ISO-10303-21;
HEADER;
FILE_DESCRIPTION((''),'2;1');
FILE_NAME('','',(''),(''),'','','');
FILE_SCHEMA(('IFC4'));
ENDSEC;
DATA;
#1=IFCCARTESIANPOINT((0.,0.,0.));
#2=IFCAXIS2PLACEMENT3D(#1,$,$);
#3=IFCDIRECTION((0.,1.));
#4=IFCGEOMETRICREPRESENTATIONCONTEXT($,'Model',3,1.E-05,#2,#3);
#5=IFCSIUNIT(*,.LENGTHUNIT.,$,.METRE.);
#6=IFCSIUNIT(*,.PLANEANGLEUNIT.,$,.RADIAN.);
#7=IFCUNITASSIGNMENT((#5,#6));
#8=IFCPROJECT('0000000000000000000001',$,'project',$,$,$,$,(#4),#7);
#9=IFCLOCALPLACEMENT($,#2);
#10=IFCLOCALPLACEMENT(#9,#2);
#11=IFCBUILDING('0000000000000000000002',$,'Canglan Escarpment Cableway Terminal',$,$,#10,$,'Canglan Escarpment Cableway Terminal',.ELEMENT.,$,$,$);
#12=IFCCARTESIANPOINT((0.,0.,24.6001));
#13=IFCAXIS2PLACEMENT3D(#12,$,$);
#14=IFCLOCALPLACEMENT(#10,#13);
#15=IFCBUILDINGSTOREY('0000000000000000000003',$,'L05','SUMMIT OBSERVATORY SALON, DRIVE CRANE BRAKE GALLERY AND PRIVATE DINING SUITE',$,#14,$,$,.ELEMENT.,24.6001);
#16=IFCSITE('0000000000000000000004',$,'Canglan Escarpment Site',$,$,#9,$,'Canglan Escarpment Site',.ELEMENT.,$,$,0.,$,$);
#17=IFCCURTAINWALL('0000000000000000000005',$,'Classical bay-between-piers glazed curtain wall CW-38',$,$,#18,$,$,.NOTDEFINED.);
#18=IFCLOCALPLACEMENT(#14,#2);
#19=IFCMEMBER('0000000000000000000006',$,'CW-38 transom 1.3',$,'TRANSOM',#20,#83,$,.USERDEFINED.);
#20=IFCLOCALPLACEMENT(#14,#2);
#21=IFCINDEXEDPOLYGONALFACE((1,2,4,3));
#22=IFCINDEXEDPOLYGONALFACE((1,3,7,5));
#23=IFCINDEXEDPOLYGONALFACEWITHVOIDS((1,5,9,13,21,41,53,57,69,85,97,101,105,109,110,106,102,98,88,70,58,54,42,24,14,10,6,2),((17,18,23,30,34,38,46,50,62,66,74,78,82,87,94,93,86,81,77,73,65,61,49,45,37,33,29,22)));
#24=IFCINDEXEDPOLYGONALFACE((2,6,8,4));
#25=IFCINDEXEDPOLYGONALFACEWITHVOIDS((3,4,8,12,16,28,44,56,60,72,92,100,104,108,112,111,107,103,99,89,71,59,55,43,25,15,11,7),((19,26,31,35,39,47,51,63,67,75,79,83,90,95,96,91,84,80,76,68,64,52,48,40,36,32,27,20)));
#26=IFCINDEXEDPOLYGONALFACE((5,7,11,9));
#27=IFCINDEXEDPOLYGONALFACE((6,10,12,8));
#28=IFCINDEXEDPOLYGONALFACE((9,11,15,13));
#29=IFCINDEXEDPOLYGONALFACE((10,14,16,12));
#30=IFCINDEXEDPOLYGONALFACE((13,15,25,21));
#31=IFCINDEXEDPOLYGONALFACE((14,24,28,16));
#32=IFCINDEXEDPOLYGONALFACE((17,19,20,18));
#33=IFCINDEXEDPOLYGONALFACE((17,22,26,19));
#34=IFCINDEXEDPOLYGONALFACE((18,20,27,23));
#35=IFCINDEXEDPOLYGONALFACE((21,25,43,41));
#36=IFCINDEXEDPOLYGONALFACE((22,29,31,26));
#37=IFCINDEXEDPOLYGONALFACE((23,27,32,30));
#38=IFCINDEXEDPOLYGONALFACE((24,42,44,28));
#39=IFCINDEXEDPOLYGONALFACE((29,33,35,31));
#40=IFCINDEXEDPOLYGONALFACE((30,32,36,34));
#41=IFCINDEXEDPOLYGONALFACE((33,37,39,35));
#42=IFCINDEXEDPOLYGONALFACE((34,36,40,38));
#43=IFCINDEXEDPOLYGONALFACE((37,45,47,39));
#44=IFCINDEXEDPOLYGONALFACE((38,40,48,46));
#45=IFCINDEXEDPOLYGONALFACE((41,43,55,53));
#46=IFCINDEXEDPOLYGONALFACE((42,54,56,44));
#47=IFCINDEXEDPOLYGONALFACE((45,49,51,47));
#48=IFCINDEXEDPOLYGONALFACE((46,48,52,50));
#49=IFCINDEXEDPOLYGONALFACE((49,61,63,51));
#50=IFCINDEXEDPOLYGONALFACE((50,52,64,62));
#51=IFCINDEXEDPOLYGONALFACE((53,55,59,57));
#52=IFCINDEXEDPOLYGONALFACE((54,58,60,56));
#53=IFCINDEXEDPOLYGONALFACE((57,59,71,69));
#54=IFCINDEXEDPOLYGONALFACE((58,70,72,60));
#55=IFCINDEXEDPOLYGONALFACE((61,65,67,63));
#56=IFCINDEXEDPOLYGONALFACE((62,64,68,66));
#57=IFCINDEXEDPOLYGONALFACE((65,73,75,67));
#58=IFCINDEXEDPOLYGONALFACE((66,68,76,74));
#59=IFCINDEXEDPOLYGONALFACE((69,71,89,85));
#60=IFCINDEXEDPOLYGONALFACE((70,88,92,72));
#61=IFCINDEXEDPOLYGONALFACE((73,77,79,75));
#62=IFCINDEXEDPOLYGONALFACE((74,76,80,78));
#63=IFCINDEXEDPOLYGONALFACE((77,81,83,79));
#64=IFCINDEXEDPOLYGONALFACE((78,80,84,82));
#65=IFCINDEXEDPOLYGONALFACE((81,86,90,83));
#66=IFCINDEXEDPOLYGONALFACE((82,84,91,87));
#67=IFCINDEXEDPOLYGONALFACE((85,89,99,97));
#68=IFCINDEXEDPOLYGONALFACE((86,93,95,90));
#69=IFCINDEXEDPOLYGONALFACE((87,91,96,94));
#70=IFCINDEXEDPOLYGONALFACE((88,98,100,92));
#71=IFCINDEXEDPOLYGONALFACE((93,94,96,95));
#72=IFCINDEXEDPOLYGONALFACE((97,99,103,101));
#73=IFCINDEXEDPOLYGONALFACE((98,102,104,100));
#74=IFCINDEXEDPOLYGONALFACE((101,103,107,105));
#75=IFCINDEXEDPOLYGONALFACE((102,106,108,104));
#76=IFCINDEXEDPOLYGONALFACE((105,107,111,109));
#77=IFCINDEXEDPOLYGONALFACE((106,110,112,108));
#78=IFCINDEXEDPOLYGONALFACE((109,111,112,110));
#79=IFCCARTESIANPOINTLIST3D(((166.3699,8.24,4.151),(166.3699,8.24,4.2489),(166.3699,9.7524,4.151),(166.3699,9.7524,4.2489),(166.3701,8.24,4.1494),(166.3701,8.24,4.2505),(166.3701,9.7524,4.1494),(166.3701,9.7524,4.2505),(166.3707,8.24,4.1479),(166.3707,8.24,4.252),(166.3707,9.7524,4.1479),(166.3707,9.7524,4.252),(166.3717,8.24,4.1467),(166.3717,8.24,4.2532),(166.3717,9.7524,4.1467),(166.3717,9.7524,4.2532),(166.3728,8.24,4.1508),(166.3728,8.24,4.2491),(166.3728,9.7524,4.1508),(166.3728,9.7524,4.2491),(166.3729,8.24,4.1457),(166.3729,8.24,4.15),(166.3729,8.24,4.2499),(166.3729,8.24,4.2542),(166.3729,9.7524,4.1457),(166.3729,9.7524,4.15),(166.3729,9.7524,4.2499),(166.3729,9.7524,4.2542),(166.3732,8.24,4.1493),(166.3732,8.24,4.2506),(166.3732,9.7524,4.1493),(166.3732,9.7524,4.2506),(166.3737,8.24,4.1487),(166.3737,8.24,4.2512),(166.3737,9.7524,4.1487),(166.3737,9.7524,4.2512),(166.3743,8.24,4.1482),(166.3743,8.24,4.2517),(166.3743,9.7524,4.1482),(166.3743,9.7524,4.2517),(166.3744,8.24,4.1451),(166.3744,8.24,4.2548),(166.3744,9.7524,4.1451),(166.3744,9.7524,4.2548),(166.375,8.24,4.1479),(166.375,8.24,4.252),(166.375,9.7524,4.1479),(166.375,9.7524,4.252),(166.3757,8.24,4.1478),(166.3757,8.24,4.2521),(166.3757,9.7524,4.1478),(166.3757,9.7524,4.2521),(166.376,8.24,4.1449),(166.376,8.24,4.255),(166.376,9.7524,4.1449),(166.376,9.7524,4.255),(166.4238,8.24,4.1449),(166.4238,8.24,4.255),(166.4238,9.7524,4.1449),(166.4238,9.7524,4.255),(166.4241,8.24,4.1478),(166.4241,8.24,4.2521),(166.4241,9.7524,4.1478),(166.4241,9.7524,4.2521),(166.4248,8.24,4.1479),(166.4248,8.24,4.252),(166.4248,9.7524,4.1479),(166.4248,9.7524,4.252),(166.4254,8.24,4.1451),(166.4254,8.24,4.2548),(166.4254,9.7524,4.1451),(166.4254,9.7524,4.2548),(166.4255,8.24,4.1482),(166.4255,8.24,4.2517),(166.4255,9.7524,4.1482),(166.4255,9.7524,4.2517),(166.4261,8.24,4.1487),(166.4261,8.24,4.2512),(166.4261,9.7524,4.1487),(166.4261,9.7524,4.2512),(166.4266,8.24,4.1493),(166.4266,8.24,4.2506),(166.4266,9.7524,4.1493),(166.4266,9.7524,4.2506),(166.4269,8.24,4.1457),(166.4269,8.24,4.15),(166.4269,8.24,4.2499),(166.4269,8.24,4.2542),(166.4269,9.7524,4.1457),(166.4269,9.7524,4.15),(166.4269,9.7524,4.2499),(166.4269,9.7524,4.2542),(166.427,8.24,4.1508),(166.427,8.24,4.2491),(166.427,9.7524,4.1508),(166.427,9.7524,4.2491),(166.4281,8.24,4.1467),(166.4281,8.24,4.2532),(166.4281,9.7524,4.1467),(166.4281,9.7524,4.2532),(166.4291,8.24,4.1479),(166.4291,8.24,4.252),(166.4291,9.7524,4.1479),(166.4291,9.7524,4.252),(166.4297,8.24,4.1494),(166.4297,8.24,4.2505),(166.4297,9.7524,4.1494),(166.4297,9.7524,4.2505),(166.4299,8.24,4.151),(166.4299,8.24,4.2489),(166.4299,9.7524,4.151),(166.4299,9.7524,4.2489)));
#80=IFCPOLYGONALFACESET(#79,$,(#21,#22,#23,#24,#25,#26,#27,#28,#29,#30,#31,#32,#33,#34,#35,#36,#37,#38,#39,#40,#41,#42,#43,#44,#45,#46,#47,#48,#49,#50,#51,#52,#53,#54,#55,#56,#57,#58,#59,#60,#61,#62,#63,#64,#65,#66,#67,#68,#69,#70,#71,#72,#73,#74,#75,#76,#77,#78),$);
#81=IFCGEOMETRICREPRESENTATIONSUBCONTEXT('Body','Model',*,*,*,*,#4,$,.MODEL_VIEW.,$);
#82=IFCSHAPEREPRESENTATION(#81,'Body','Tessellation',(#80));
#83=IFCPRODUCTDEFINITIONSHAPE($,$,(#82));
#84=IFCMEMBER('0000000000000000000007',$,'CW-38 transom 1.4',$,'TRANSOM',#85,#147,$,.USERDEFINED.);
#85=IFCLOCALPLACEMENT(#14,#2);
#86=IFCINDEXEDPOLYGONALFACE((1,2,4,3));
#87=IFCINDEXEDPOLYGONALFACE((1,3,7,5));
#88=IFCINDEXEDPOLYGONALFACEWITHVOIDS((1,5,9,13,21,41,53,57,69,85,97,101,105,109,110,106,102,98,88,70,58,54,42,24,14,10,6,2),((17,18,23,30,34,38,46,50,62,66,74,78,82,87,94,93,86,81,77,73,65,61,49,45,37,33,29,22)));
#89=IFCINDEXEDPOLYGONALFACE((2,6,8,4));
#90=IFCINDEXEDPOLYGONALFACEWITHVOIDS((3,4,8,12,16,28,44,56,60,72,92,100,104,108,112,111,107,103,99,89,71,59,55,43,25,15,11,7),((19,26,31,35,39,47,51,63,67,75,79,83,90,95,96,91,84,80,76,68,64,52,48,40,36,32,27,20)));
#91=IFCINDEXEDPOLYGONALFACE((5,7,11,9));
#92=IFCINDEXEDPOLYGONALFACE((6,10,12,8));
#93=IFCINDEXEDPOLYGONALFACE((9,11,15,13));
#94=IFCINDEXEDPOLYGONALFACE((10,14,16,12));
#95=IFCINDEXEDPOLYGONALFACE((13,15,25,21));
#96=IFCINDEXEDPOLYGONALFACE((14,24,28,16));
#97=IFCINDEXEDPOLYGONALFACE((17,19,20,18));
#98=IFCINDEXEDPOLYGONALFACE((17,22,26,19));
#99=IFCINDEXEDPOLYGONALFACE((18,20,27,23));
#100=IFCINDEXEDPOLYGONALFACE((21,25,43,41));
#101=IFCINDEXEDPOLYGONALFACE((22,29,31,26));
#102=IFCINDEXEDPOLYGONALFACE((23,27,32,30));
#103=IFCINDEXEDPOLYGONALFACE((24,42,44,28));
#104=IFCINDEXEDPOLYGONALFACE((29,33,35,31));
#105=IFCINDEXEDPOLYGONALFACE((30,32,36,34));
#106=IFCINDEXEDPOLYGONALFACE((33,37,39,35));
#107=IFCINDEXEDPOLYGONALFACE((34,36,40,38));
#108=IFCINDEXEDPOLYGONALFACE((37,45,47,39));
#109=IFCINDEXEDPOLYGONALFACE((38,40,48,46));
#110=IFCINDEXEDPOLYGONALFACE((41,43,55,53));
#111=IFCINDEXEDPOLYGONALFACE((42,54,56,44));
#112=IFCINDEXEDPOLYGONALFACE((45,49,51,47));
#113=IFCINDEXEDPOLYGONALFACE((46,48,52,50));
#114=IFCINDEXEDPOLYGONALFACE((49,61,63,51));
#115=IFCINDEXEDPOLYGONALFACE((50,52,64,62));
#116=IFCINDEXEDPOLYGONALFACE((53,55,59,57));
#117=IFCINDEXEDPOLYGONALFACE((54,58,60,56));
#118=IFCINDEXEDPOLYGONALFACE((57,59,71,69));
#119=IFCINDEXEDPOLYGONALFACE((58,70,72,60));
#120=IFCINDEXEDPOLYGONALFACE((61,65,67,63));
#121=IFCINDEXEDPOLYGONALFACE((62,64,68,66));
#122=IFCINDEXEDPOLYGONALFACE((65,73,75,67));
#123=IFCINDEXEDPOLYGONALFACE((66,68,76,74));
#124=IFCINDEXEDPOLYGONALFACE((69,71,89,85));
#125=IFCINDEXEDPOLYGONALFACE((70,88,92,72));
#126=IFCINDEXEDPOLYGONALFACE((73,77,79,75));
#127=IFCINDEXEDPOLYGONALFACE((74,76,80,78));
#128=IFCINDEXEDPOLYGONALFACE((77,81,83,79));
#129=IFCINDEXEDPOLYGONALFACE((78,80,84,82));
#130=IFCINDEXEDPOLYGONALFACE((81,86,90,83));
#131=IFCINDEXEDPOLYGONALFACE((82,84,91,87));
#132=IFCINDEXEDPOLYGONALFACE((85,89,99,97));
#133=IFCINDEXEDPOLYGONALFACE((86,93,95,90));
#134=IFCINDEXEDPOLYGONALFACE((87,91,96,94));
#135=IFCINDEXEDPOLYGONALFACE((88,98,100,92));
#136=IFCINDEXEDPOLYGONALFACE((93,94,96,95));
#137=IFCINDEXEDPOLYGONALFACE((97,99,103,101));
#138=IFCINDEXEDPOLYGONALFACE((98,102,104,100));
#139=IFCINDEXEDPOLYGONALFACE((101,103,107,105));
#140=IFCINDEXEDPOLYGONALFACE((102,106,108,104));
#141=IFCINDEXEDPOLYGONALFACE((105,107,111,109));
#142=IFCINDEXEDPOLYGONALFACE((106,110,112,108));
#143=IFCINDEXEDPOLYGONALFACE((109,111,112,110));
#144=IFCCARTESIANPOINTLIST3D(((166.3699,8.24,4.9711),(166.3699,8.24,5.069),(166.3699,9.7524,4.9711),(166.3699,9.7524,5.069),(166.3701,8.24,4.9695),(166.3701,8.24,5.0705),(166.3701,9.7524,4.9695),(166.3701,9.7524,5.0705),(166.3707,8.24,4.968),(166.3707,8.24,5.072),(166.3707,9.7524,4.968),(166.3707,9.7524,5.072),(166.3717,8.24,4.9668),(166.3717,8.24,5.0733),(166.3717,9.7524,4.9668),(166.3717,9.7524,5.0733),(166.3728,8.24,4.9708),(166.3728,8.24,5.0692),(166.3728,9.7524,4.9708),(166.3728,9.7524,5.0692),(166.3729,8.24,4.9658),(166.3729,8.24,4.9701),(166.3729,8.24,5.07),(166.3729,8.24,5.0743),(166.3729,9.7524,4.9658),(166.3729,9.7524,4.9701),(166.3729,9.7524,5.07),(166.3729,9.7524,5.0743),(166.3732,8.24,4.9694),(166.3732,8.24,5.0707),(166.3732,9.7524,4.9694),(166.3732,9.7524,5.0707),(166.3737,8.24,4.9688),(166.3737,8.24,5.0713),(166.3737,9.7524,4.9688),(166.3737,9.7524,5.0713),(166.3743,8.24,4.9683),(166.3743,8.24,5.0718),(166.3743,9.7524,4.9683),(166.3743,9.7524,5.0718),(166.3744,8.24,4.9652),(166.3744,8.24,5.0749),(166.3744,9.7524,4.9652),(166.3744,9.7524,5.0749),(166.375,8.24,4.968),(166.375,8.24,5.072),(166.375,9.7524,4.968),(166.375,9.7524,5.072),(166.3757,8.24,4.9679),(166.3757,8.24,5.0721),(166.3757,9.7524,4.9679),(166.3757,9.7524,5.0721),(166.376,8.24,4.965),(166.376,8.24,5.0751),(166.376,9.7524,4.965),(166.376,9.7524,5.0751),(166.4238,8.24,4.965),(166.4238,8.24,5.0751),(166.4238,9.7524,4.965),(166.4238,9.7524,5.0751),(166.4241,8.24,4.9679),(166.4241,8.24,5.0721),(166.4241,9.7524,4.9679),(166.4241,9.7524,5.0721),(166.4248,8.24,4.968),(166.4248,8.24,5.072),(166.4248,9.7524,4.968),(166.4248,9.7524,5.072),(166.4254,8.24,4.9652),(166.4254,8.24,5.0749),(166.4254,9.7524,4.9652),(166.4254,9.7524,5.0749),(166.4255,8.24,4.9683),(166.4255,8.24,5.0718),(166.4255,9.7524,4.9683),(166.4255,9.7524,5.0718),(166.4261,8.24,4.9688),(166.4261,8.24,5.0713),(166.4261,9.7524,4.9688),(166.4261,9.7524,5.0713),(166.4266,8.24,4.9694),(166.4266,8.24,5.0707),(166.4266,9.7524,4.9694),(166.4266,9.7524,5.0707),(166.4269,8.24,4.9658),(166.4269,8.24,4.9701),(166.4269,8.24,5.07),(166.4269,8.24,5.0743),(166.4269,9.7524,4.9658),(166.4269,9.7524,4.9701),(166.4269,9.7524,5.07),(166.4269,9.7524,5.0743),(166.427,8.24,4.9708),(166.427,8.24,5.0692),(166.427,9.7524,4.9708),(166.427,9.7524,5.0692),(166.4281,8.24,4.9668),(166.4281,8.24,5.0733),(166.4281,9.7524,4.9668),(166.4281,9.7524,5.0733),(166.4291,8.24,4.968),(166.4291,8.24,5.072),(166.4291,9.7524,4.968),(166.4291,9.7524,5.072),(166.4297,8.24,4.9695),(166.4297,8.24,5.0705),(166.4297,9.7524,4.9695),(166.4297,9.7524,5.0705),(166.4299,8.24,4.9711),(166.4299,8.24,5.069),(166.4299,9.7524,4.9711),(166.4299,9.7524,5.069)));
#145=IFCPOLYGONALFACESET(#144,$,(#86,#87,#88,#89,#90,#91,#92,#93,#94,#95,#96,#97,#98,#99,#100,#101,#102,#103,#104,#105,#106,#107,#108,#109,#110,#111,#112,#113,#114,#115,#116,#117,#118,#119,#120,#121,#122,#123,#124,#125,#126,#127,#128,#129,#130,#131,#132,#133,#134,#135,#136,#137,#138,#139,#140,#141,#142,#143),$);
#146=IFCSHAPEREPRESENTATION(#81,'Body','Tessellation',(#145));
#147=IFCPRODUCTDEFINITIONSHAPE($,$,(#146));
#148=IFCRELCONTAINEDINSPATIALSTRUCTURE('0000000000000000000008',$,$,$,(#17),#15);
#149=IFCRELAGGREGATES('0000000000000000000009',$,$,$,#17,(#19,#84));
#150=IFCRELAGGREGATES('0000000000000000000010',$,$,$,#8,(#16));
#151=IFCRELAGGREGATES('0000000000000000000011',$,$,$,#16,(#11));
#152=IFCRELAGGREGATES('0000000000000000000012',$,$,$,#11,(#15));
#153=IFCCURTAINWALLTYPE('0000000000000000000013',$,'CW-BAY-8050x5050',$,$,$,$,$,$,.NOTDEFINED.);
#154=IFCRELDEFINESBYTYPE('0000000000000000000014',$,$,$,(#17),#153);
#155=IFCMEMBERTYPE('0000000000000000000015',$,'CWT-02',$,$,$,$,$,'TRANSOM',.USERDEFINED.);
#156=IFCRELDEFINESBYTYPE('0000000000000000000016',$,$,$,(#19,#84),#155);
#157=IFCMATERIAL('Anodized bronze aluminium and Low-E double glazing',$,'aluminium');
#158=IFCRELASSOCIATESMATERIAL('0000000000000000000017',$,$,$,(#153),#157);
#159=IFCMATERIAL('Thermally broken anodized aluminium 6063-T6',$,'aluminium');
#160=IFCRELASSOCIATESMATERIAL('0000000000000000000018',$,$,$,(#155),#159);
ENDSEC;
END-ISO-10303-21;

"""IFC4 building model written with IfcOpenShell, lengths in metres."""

from ifc_helpers import new_model, si_unit, direction, frame, origin, origin_2d, place, context, subcontext, project, spatial, hollow_rectangle, extrude, material, material_profile, profile_set, type_object, element, aggregate, save


model = new_model("IFC4")

# Units and contexts
model_context = context("Model", 3, precision=1e-05, world=origin(), true_north=direction((0.0, 1.0)))
body_context = subcontext(model_context, "Body", "Model", "MODEL_VIEW")
ifc_project = project(units=[si_unit("LENGTHUNIT", "METRE"), si_unit("PLANEANGLEUNIT", "RADIAN")], contexts=[model_context])

# Site, building, storey
site_placement = place(None, origin())
site = spatial("IfcSite", under=ifc_project, at=site_placement, Name="Canglan Escarpment Site", LongName="Canglan Escarpment Site", CompositionType="ELEMENT", RefElevation=0.0)
building_placement = place(site_placement, origin())
building = spatial("IfcBuilding", under=site, at=building_placement, Name="Canglan Escarpment Cableway Terminal", LongName="Canglan Escarpment Cableway Terminal", CompositionType="ELEMENT")
storey_placement = place(building_placement, frame((0.0, 0.0, 24.6001)))
storey = spatial("IfcBuildingStorey", under=building, at=storey_placement, Name="L05", Description="SUMMIT OBSERVATORY SALON, DRIVE CRANE BRAKE GALLERY AND PRIVATE DINING SUITE", CompositionType="ELEMENT", Elevation=24.6001)

# Curtain wall
ifc_material_1 = material(Name="Anodized bronze aluminium and Low-E double glazing", Category="aluminium")
curtain_wall_type_1 = type_object("IfcCurtainWallType", Name="CW-BAY-8050x5050", PredefinedType="NOTDEFINED", material=ifc_material_1)
curtain_wall_1_placement = place(storey_placement, origin())
curtain_wall_1 = element("IfcCurtainWall", 1, at=curtain_wall_1_placement, inside=storey, type_object=curtain_wall_type_1, Name="Classical bay-between-piers glazed curtain wall CW-38", PredefinedType="NOTDEFINED")
ifc_material_2 = material(Name="Thermally broken anodized aluminium 6063-T6", Category="aluminium")

# Members
ifc_material_profile_1 = material_profile(ifc_material_2, hollow_rectangle(XDim=0.0601, YDim=0.1101, WallThickness=0.0029, InnerFilletRadius=0.0029, OuterFilletRadius=0.0061, at=origin_2d()), Name="ALU-TRAN 60x110x3")
ifc_profile_set_1 = profile_set([ifc_material_profile_1], Name="Thermally broken anodized aluminium 6063-T6")
member_type_1 = type_object("IfcMemberType", Name="CWT-02", ElementType="TRANSOM", PredefinedType="USERDEFINED", material=ifc_profile_set_1)
member_1_placement = place(storey_placement, frame((166.3999, 8.24, 4.2), z_axis=(0.0, 1.0, 0.0), x_axis=(-1.0, 0.0, 0.0)))
member_1 = element("IfcMember", 2, at=member_1_placement, type_object=member_type_1, Name="CW-38 transom 1.3", ObjectType="TRANSOM", PredefinedType="USERDEFINED", context=body_context, shape_type="SweptSolid", body=[
    extrude(hollow_rectangle(XDim=0.0601, YDim=0.1101, WallThickness=0.0029, InnerFilletRadius=0.0029, OuterFilletRadius=0.0061, at=origin_2d()), origin(), (0.0, 0.0, 1.0), 1.5125),
])
member_2_placement = place(storey_placement, frame((166.3999, 8.24, 5.02), z_axis=(0.0, 1.0, 0.0), x_axis=(-1.0, 0.0, 0.0)))
member_2 = element("IfcMember", 3, at=member_2_placement, type_object=member_type_1, Name="CW-38 transom 1.4", ObjectType="TRANSOM", PredefinedType="USERDEFINED", context=body_context, shape_type="SweptSolid", body=[
    extrude(hollow_rectangle(XDim=0.0601, YDim=0.1101, WallThickness=0.0029, InnerFilletRadius=0.0029, OuterFilletRadius=0.0061, at=origin_2d()), origin(), (0.0, 0.0, 1.0), 1.5125),
])

aggregate(curtain_wall_1, [member_1, member_2])

save(model, "model.ifc")
